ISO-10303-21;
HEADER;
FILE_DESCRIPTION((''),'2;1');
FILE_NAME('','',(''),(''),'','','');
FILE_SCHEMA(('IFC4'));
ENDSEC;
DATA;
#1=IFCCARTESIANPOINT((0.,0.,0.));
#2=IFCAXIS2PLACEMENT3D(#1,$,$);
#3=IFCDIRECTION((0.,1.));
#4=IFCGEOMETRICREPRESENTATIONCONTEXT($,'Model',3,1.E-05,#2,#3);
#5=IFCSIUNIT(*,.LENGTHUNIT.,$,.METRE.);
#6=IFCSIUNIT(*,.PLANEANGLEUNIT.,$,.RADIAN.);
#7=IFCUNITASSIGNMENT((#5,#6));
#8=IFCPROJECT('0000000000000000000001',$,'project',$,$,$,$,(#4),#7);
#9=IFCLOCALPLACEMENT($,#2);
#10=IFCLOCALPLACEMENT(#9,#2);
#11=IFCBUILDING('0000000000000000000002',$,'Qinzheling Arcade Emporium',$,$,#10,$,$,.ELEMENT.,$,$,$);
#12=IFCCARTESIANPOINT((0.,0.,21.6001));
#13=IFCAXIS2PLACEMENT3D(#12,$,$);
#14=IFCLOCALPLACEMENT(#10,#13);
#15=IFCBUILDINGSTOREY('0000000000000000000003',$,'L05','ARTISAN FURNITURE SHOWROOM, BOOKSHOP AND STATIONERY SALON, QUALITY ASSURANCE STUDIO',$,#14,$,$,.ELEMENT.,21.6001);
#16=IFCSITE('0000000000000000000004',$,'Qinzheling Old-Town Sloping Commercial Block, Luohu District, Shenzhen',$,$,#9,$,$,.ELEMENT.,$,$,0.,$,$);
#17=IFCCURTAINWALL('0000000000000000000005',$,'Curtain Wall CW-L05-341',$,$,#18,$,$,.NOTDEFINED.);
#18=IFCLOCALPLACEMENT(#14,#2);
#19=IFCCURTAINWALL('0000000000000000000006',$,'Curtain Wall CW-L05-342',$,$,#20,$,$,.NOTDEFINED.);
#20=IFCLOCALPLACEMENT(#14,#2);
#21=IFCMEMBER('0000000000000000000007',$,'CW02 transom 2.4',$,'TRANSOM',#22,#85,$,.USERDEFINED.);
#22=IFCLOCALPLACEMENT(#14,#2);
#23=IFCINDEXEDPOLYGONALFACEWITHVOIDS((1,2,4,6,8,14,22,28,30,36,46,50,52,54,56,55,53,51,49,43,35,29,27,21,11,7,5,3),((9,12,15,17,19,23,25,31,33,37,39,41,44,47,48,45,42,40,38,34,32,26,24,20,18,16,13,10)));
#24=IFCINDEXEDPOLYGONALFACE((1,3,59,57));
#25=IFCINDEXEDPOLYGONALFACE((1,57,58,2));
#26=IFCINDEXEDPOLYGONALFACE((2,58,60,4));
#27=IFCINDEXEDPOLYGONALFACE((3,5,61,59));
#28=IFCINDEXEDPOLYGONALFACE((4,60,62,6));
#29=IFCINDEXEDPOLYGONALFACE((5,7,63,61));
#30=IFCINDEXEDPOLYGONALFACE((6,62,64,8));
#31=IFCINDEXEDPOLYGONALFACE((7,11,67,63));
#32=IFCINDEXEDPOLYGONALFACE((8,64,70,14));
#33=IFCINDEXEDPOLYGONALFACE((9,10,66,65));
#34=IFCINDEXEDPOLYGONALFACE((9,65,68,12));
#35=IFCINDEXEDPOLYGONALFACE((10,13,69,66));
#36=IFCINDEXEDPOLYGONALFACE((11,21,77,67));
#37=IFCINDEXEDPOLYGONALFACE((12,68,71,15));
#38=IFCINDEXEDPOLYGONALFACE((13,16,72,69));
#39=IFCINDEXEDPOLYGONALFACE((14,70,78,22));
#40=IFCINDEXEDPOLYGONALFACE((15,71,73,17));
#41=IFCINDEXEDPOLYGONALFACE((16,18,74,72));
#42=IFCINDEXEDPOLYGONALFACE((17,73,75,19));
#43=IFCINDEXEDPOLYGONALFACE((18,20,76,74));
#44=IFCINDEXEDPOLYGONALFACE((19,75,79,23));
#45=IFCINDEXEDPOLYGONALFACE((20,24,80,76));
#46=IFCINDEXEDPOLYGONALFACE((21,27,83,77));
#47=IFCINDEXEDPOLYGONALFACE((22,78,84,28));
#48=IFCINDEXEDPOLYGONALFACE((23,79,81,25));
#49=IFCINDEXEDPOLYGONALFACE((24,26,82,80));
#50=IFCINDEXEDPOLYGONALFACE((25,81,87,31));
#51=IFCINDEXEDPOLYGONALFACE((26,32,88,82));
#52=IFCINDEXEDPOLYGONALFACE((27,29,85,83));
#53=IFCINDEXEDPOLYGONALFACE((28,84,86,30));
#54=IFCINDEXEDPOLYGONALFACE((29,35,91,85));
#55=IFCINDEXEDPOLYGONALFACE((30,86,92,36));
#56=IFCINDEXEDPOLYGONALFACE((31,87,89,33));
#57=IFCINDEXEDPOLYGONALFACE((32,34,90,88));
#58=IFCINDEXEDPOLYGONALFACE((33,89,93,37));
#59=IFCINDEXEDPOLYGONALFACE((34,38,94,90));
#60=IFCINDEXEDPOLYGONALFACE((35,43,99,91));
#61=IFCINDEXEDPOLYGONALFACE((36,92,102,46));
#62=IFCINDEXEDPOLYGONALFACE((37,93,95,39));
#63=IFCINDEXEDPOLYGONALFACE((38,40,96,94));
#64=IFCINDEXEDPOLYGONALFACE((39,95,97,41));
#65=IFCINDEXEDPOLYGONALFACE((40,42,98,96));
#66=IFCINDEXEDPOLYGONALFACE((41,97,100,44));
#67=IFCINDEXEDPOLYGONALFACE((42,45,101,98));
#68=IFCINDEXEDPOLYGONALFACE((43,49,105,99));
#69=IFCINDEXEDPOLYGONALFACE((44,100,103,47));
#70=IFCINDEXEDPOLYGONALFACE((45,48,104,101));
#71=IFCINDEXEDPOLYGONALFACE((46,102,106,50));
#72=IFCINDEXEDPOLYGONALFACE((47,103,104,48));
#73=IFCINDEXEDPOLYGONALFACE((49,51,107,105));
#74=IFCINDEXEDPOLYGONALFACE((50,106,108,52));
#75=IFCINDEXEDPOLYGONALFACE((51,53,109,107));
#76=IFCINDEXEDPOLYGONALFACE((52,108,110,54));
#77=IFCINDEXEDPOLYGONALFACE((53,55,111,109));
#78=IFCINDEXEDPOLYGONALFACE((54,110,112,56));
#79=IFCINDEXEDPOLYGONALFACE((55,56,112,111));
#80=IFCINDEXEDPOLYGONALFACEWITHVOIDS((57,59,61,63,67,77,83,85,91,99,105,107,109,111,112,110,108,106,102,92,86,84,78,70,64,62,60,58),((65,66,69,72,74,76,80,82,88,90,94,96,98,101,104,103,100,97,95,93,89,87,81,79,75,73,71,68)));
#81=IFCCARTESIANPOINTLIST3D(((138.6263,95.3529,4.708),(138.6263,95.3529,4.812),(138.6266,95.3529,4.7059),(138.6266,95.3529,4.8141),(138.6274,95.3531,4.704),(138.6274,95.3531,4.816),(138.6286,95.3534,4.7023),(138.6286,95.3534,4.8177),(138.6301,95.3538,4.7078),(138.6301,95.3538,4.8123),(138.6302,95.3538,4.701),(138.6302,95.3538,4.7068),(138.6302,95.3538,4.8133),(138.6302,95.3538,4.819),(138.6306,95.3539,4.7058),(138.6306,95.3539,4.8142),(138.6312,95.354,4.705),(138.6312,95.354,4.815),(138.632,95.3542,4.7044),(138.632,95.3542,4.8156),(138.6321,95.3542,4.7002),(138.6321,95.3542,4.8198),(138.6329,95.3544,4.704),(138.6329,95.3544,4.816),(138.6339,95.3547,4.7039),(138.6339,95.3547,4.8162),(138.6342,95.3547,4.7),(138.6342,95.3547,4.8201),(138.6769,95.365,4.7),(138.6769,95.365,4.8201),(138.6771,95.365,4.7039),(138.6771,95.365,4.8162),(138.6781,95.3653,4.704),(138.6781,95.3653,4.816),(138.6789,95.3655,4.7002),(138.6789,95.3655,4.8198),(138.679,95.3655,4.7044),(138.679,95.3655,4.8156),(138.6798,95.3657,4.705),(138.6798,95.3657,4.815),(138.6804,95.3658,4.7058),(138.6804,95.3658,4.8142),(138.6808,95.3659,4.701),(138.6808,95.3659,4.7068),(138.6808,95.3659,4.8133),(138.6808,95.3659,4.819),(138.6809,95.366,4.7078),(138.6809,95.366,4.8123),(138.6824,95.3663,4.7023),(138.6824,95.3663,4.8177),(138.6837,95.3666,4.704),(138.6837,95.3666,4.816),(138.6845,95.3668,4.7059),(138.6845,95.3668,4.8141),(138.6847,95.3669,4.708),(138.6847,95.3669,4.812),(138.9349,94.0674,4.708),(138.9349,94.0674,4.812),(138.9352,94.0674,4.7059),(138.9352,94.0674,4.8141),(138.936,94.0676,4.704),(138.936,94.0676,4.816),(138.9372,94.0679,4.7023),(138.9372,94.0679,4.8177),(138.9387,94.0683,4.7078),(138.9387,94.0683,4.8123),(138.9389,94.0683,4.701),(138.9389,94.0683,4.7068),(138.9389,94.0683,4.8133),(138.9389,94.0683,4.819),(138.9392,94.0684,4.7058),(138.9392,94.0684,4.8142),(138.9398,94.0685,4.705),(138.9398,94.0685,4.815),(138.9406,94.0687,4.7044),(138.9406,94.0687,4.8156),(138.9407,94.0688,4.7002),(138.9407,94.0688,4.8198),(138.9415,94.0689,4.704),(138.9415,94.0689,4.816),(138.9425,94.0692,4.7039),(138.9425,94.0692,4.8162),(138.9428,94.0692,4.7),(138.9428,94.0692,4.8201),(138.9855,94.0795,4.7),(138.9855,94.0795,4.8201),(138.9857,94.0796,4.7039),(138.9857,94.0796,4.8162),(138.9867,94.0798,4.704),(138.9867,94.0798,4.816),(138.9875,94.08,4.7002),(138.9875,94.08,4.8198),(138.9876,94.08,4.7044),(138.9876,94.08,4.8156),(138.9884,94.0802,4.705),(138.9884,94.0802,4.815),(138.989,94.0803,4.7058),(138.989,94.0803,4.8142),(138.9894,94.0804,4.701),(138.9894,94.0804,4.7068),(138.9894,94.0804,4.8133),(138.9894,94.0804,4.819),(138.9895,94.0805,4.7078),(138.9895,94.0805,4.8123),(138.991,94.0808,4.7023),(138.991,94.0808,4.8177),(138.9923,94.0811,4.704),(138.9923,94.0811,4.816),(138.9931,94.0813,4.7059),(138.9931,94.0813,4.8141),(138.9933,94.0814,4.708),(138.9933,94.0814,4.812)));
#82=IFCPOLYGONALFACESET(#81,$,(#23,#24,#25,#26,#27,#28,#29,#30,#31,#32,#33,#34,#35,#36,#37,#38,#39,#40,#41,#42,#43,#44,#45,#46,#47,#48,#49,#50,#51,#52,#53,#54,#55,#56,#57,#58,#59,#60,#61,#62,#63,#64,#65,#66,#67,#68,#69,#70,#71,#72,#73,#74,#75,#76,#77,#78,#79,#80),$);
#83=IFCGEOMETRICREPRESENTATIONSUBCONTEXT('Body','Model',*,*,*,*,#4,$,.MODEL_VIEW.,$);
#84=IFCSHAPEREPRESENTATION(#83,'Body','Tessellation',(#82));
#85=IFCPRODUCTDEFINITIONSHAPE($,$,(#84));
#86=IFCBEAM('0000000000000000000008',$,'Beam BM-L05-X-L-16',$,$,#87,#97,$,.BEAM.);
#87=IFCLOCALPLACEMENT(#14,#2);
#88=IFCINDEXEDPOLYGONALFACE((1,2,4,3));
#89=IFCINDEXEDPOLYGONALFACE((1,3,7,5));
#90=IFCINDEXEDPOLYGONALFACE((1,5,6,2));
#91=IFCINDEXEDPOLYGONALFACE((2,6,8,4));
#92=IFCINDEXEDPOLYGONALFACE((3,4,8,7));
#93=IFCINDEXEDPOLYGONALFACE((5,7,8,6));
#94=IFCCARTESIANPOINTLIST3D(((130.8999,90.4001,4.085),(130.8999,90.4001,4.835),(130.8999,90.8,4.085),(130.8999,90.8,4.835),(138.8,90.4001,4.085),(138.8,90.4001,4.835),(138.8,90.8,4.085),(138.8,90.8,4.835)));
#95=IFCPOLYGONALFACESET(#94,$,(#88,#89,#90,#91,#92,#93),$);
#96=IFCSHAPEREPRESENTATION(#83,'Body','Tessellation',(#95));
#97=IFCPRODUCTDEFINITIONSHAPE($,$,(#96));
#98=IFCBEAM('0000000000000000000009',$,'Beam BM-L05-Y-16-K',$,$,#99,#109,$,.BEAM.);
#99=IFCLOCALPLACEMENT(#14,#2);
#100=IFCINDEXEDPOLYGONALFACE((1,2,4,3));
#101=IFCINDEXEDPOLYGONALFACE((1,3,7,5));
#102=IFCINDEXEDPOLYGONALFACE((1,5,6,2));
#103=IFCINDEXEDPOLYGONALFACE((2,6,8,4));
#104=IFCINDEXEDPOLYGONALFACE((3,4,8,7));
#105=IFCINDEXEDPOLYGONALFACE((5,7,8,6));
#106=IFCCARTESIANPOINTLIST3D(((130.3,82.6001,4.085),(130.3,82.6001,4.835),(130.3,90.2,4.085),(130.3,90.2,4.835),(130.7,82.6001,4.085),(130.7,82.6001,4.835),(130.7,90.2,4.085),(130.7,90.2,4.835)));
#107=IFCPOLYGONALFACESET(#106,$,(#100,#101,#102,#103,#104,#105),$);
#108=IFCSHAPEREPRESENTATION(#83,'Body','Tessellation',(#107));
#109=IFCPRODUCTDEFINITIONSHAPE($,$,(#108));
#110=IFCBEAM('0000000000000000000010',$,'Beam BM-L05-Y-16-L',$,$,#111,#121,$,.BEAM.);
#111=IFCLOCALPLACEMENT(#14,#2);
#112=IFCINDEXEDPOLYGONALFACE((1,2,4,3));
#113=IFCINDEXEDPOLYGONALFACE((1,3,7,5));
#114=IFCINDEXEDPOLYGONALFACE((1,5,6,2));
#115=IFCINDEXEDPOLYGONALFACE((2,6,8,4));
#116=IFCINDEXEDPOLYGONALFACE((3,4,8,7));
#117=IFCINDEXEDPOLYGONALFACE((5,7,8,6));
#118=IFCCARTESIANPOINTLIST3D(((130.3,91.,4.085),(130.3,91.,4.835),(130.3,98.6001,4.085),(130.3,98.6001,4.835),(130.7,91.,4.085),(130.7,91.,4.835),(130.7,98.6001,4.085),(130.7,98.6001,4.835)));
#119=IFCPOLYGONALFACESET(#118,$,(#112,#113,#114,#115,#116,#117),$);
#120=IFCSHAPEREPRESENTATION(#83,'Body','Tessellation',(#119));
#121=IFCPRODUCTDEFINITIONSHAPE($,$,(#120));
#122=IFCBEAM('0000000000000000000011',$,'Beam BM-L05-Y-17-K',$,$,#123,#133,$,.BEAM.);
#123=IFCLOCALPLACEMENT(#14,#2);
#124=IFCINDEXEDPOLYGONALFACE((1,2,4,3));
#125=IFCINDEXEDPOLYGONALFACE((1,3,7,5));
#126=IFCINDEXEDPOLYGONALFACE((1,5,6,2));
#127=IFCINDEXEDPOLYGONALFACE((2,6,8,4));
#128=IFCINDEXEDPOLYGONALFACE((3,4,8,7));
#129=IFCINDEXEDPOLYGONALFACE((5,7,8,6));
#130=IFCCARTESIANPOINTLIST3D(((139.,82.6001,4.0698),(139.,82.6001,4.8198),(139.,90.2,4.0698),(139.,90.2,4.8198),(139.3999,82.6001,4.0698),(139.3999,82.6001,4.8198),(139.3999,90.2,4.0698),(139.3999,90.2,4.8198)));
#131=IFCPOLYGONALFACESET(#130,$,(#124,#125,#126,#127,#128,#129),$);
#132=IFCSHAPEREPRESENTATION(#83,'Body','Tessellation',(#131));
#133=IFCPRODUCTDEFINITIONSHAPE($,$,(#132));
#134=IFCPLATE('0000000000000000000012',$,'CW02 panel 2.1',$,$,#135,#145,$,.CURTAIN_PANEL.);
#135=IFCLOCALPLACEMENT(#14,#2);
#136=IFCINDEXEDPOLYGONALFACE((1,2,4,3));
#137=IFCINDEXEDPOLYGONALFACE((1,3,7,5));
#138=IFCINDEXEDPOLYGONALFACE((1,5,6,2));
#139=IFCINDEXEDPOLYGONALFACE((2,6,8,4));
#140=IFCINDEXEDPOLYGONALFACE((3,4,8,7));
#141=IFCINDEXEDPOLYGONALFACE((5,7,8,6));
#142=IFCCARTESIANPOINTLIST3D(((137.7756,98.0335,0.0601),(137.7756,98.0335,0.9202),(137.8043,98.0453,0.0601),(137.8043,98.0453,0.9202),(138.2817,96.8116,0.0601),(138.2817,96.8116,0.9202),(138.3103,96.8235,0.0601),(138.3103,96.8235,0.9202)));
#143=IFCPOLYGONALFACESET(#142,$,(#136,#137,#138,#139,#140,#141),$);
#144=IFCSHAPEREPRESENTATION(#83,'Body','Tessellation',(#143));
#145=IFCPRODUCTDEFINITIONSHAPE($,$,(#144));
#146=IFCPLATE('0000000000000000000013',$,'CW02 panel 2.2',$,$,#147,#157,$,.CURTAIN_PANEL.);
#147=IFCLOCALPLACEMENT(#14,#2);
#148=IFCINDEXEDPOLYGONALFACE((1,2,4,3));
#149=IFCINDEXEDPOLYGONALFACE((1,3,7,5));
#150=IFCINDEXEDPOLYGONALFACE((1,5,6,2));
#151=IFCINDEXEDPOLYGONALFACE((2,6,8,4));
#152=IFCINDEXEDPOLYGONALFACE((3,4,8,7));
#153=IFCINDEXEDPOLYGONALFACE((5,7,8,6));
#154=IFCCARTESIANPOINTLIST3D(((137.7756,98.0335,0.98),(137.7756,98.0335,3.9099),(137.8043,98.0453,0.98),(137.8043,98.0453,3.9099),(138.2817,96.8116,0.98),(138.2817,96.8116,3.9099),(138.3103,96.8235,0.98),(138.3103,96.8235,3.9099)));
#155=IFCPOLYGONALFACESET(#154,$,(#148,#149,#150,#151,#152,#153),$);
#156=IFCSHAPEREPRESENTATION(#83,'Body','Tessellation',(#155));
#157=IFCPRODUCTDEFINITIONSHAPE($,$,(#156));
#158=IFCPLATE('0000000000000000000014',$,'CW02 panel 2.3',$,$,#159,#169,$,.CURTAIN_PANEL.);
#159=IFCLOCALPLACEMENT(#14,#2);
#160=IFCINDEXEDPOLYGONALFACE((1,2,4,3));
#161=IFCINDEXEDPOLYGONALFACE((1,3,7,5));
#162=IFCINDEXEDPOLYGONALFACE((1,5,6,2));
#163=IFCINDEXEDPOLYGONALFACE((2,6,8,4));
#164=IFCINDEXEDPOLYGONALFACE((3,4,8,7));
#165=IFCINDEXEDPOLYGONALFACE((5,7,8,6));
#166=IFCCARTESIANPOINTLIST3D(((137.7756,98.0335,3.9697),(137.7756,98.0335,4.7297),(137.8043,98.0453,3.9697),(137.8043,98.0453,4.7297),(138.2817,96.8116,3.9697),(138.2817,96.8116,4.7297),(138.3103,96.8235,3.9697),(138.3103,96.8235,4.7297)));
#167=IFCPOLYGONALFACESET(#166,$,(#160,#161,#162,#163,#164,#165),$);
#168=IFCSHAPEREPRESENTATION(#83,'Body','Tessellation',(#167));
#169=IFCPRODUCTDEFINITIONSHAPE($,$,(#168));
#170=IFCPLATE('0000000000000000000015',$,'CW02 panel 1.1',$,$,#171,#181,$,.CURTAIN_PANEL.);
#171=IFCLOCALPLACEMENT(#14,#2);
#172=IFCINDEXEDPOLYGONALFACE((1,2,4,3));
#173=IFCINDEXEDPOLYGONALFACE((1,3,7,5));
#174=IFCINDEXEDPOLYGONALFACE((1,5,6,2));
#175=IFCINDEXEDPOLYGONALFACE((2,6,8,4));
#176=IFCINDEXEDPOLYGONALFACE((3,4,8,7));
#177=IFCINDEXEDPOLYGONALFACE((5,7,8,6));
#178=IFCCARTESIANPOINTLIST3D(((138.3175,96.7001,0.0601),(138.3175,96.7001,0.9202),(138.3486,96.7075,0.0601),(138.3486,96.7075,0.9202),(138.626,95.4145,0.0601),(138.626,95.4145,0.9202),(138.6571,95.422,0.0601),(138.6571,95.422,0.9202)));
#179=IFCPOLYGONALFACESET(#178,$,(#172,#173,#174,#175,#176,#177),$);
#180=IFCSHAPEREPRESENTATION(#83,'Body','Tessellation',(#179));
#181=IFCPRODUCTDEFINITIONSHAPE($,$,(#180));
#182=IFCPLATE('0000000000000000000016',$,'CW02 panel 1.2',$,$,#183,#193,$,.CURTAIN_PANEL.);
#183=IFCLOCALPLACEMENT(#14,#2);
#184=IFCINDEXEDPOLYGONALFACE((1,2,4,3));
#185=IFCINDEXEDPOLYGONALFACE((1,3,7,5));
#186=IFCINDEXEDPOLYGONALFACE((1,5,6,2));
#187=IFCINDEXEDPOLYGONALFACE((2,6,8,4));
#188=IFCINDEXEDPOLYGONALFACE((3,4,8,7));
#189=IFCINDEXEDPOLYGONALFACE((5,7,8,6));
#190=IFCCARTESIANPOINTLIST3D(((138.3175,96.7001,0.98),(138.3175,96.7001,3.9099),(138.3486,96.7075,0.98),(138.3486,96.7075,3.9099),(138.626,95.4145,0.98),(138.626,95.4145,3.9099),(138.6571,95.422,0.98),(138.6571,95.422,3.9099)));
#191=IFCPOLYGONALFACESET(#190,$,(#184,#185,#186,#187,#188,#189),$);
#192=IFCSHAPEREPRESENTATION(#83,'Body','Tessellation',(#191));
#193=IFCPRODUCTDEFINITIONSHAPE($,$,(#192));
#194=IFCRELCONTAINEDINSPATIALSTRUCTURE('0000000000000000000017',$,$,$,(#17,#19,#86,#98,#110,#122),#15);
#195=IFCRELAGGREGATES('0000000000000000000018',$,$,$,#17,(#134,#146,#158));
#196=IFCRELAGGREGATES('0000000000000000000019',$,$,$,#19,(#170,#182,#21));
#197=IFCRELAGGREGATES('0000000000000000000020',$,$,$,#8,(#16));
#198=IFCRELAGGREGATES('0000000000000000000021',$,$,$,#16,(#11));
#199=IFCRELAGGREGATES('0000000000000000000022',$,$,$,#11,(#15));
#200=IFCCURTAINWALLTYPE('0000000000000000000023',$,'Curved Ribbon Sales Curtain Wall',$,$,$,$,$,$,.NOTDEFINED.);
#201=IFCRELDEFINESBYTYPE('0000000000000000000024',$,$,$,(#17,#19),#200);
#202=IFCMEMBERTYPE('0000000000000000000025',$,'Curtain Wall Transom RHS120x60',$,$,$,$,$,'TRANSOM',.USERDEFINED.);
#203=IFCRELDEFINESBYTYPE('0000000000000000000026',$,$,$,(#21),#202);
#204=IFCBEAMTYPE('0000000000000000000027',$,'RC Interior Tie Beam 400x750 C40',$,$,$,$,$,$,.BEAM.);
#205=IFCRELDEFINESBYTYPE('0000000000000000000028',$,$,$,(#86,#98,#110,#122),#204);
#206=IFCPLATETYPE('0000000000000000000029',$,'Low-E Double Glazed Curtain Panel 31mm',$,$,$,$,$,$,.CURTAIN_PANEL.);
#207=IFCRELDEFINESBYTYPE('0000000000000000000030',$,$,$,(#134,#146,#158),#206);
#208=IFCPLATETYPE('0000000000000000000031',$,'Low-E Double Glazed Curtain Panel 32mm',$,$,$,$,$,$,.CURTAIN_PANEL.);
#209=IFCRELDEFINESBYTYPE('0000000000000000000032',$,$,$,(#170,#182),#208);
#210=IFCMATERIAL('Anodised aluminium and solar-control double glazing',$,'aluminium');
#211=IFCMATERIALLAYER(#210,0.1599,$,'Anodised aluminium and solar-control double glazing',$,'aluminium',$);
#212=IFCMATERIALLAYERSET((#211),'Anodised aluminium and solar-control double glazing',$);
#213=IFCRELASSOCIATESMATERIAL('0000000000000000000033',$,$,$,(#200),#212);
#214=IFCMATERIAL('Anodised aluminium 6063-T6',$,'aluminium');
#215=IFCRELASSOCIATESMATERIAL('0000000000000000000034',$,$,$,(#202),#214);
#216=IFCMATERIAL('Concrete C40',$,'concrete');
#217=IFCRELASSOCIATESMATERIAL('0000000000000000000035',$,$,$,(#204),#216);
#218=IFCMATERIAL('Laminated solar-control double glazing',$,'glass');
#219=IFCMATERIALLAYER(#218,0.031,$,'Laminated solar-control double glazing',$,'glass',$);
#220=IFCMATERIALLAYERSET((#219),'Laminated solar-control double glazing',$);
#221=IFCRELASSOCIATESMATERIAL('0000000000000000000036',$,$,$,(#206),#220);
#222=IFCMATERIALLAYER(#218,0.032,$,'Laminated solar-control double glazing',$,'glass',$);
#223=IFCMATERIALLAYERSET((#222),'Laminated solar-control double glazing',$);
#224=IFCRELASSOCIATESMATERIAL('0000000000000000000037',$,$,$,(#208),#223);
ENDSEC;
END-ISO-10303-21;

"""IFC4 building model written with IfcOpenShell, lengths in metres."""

from ifc_helpers import new_model, si_unit, direction, frame, origin, origin_2d, place, context, subcontext, project, spatial, rectangle, hollow_rectangle, extrude, material, layer, layer_set, material_profile, profile_set, type_object, element, aggregate, save


model = new_model("IFC4")

# Units and contexts
model_context = context("Model", 3, precision=1e-05, world=origin(), true_north=direction((0.0, 1.0)))
body_context = subcontext(model_context, "Body", "Model", "MODEL_VIEW")
ifc_project = project(units=[si_unit("LENGTHUNIT", "METRE"), si_unit("PLANEANGLEUNIT", "RADIAN")], contexts=[model_context])

# Site, building, storey
site_placement = place(None, origin())
site = spatial("IfcSite", under=ifc_project, at=site_placement, Name="Qinzheling Old-Town Sloping Commercial Block, Luohu District, Shenzhen", CompositionType="ELEMENT", RefElevation=0.0)
building_placement = place(site_placement, origin())
building = spatial("IfcBuilding", under=site, at=building_placement, Name="Qinzheling Arcade Emporium", CompositionType="ELEMENT")
storey_placement = place(building_placement, frame((0.0, 0.0, 21.6001)))
storey = spatial("IfcBuildingStorey", under=building, at=storey_placement, Name="L05", Description="ARTISAN FURNITURE SHOWROOM, BOOKSHOP AND STATIONERY SALON, QUALITY ASSURANCE STUDIO", CompositionType="ELEMENT", Elevation=21.6001)

# Shared definitions
ifc_material_1 = material(Name="Concrete C40", Category="concrete")

# Curtain wall
ifc_material_2 = material(Name="Anodised aluminium and solar-control double glazing", Category="aluminium")
ifc_layer_1 = layer(ifc_material_2, 0.1599, Name="Anodised aluminium and solar-control double glazing", Category="aluminium")
ifc_layer_set_1 = layer_set([ifc_layer_1], Name="Anodised aluminium and solar-control double glazing")
curtain_wall_type = type_object("IfcCurtainWallType", Name="Curved Ribbon Sales Curtain Wall", PredefinedType="NOTDEFINED", material=ifc_layer_set_1)
curtain_wall_1_placement = place(storey_placement, origin())
curtain_wall_1 = element("IfcCurtainWall", 1, at=curtain_wall_1_placement, inside=storey, type_object=curtain_wall_type, Name="Curtain Wall CW-L05-341", PredefinedType="NOTDEFINED")
ifc_material_3 = material(Name="Anodised aluminium 6063-T6", Category="aluminium")

# Curtain wall
curtain_wall_2_placement = place(storey_placement, origin())
curtain_wall_2 = element("IfcCurtainWall", 2, at=curtain_wall_2_placement, inside=storey, type_object=curtain_wall_type, Name="Curtain Wall CW-L05-342", PredefinedType="NOTDEFINED")

# Member
ifc_material_profile_1 = material_profile(ifc_material_3, hollow_rectangle(XDim=0.0601, YDim=0.1201, WallThickness=0.0039, InnerFilletRadius=0.0039, OuterFilletRadius=0.0081, at=origin_2d()), Name="RHS 120x60x4", Category="aluminium")
ifc_profile_set_1 = profile_set([ifc_material_profile_1], Name="Anodised aluminium 6063-T6")
member_type_1 = type_object("IfcMemberType", Name="Curtain Wall Transom RHS120x60", ElementType="TRANSOM", PredefinedType="USERDEFINED", material=ifc_profile_set_1)
member_1_placement = place(storey_placement, frame((138.6555, 95.3599, 4.76), z_axis=(0.233443, -0.972371, 0.0), x_axis=(0.972371, 0.233443, 0.0)))
member_1 = element("IfcMember", 3, at=member_1_placement, type_object=member_type_1, Name="CW02 transom 2.4", ObjectType="TRANSOM", PredefinedType="USERDEFINED", context=body_context, shape_type="SweptSolid", body=[
    extrude(hollow_rectangle(XDim=0.0601, YDim=0.1201, WallThickness=0.0039, InnerFilletRadius=0.0039, OuterFilletRadius=0.0081, at=origin_2d()), origin(), (0.0, 0.0, 1.0), 1.322),
])

# Beams
ifc_material_profile_2 = material_profile(ifc_material_1, rectangle(XDim=0.3999, YDim=0.75, at=origin_2d()), Name="RC 400x750", Category="concrete")
ifc_profile_set_2 = profile_set([ifc_material_profile_2], Name="Concrete C40")
beam_type = type_object("IfcBeamType", Name="RC Interior Tie Beam 400x750 C40", PredefinedType="BEAM", material=ifc_profile_set_2)
beam_1_placement = place(storey_placement, frame((130.8999, 90.6001, 4.46), z_axis=(1.0, 0.0, 0.0), x_axis=(0.0, 1.0, 0.0)))
element("IfcBeam", 4, at=beam_1_placement, inside=storey, type_object=beam_type, Name="Beam BM-L05-X-L-16", PredefinedType="BEAM", context=body_context, shape_type="SweptSolid", body=[
    extrude(rectangle(XDim=0.3999, YDim=0.75, at=origin_2d()), origin(), (0.0, 0.0, 1.0), 7.9001),
])
beam_2_placement = place(storey_placement, frame((130.5, 82.6001, 4.46), z_axis=(0.0, 1.0, 0.0), x_axis=(-1.0, 0.0, 0.0)))
element("IfcBeam", 5, at=beam_2_placement, inside=storey, type_object=beam_type, Name="Beam BM-L05-Y-16-K", PredefinedType="BEAM", context=body_context, shape_type="SweptSolid", body=[
    extrude(rectangle(XDim=0.3999, YDim=0.75, at=origin_2d()), origin(), (0.0, 0.0, 1.0), 7.5999),
])
beam_3_placement = place(storey_placement, frame((130.5, 91.0, 4.46), z_axis=(0.0, 1.0, 0.0), x_axis=(-1.0, 0.0, 0.0)))
element("IfcBeam", 6, at=beam_3_placement, inside=storey, type_object=beam_type, Name="Beam BM-L05-Y-16-L", PredefinedType="BEAM", context=body_context, shape_type="SweptSolid", body=[
    extrude(rectangle(XDim=0.3999, YDim=0.75, at=origin_2d()), origin(), (0.0, 0.0, 1.0), 7.6001),
])
beam_4_placement = place(storey_placement, frame((139.2, 82.6001, 4.4448), z_axis=(0.0, 1.0, 0.0), x_axis=(-1.0, 0.0, 0.0)))
element("IfcBeam", 7, at=beam_4_placement, inside=storey, type_object=beam_type, Name="Beam BM-L05-Y-17-K", PredefinedType="BEAM", context=body_context, shape_type="SweptSolid", body=[
    extrude(rectangle(XDim=0.3999, YDim=0.75, at=origin_2d()), origin(), (0.0, 0.0, 1.0), 7.5999),
])

# Plates
ifc_material_4 = material(Name="Laminated solar-control double glazing", Category="glass")
ifc_layer_2 = layer(ifc_material_4, 0.031, Name="Laminated solar-control double glazing", Category="glass")
ifc_layer_set_2 = layer_set([ifc_layer_2], Name="Laminated solar-control double glazing")
plate_type_1 = type_object("IfcPlateType", Name="Low-E Double Glazed Curtain Panel 31mm", PredefinedType="CURTAIN_PANEL", material=ifc_layer_set_2)
plate_1_placement = place(storey_placement, frame((138.043, 97.4285, 0.0601), z_axis=(0.0, 0.0, 1.0), x_axis=(0.382654, -0.923892, 0.0)))
plate_1 = element("IfcPlate", 8, at=plate_1_placement, type_object=plate_type_1, Name="CW02 panel 2.1", PredefinedType="CURTAIN_PANEL", context=body_context, shape_type="SweptSolid", body=[
    extrude(rectangle(XDim=1.3225, YDim=0.031, at=origin_2d()), origin(), (0.0, 0.0, 1.0), 0.8601),
])
plate_2_placement = place(storey_placement, frame((138.043, 97.4285, 0.98), z_axis=(0.0, 0.0, 1.0), x_axis=(0.382654, -0.923892, 0.0)))
plate_2 = element("IfcPlate", 9, at=plate_2_placement, type_object=plate_type_1, Name="CW02 panel 2.2", PredefinedType="CURTAIN_PANEL", context=body_context, shape_type="SweptSolid", body=[
    extrude(rectangle(XDim=1.3225, YDim=0.031, at=origin_2d()), origin(), (0.0, 0.0, 1.0), 2.9299),
])
plate_3_placement = place(storey_placement, frame((138.043, 97.4285, 3.9697), z_axis=(0.0, 0.0, 1.0), x_axis=(0.382654, -0.923892, 0.0)))
plate_3 = element("IfcPlate", 10, at=plate_3_placement, type_object=plate_type_1, Name="CW02 panel 2.3", PredefinedType="CURTAIN_PANEL", context=body_context, shape_type="SweptSolid", body=[
    extrude(rectangle(XDim=1.3225, YDim=0.031, at=origin_2d()), origin(), (0.0, 0.0, 1.0), 0.76),
])
aggregate(curtain_wall_1, [plate_1, plate_2, plate_3])
ifc_layer_3 = layer(ifc_material_4, 0.032, Name="Laminated solar-control double glazing", Category="glass")
ifc_layer_set_3 = layer_set([ifc_layer_3], Name="Laminated solar-control double glazing")
plate_type_2 = type_object("IfcPlateType", Name="Low-E Double Glazed Curtain Panel 32mm", PredefinedType="CURTAIN_PANEL", material=ifc_layer_set_3)
plate_4_placement = place(storey_placement, frame((138.4873, 96.061, 0.0601), z_axis=(0.0, 0.0, 1.0), x_axis=(0.23336, -0.972391, 0.0)))
plate_4 = element("IfcPlate", 11, at=plate_4_placement, type_object=plate_type_2, Name="CW02 panel 1.1", PredefinedType="CURTAIN_PANEL", context=body_context, shape_type="SweptSolid", body=[
    extrude(rectangle(XDim=1.322, YDim=0.032, at=origin_2d()), origin(), (0.0, 0.0, 1.0), 0.8601),
])
plate_5_placement = place(storey_placement, frame((138.4873, 96.061, 0.98), z_axis=(0.0, 0.0, 1.0), x_axis=(0.23336, -0.972391, 0.0)))
plate_5 = element("IfcPlate", 12, at=plate_5_placement, type_object=plate_type_2, Name="CW02 panel 1.2", PredefinedType="CURTAIN_PANEL", context=body_context, shape_type="SweptSolid", body=[
    extrude(rectangle(XDim=1.322, YDim=0.032, at=origin_2d()), origin(), (0.0, 0.0, 1.0), 2.9299),
])
aggregate(curtain_wall_2, [plate_4, plate_5, member_1])

save(model, "model.ifc")
